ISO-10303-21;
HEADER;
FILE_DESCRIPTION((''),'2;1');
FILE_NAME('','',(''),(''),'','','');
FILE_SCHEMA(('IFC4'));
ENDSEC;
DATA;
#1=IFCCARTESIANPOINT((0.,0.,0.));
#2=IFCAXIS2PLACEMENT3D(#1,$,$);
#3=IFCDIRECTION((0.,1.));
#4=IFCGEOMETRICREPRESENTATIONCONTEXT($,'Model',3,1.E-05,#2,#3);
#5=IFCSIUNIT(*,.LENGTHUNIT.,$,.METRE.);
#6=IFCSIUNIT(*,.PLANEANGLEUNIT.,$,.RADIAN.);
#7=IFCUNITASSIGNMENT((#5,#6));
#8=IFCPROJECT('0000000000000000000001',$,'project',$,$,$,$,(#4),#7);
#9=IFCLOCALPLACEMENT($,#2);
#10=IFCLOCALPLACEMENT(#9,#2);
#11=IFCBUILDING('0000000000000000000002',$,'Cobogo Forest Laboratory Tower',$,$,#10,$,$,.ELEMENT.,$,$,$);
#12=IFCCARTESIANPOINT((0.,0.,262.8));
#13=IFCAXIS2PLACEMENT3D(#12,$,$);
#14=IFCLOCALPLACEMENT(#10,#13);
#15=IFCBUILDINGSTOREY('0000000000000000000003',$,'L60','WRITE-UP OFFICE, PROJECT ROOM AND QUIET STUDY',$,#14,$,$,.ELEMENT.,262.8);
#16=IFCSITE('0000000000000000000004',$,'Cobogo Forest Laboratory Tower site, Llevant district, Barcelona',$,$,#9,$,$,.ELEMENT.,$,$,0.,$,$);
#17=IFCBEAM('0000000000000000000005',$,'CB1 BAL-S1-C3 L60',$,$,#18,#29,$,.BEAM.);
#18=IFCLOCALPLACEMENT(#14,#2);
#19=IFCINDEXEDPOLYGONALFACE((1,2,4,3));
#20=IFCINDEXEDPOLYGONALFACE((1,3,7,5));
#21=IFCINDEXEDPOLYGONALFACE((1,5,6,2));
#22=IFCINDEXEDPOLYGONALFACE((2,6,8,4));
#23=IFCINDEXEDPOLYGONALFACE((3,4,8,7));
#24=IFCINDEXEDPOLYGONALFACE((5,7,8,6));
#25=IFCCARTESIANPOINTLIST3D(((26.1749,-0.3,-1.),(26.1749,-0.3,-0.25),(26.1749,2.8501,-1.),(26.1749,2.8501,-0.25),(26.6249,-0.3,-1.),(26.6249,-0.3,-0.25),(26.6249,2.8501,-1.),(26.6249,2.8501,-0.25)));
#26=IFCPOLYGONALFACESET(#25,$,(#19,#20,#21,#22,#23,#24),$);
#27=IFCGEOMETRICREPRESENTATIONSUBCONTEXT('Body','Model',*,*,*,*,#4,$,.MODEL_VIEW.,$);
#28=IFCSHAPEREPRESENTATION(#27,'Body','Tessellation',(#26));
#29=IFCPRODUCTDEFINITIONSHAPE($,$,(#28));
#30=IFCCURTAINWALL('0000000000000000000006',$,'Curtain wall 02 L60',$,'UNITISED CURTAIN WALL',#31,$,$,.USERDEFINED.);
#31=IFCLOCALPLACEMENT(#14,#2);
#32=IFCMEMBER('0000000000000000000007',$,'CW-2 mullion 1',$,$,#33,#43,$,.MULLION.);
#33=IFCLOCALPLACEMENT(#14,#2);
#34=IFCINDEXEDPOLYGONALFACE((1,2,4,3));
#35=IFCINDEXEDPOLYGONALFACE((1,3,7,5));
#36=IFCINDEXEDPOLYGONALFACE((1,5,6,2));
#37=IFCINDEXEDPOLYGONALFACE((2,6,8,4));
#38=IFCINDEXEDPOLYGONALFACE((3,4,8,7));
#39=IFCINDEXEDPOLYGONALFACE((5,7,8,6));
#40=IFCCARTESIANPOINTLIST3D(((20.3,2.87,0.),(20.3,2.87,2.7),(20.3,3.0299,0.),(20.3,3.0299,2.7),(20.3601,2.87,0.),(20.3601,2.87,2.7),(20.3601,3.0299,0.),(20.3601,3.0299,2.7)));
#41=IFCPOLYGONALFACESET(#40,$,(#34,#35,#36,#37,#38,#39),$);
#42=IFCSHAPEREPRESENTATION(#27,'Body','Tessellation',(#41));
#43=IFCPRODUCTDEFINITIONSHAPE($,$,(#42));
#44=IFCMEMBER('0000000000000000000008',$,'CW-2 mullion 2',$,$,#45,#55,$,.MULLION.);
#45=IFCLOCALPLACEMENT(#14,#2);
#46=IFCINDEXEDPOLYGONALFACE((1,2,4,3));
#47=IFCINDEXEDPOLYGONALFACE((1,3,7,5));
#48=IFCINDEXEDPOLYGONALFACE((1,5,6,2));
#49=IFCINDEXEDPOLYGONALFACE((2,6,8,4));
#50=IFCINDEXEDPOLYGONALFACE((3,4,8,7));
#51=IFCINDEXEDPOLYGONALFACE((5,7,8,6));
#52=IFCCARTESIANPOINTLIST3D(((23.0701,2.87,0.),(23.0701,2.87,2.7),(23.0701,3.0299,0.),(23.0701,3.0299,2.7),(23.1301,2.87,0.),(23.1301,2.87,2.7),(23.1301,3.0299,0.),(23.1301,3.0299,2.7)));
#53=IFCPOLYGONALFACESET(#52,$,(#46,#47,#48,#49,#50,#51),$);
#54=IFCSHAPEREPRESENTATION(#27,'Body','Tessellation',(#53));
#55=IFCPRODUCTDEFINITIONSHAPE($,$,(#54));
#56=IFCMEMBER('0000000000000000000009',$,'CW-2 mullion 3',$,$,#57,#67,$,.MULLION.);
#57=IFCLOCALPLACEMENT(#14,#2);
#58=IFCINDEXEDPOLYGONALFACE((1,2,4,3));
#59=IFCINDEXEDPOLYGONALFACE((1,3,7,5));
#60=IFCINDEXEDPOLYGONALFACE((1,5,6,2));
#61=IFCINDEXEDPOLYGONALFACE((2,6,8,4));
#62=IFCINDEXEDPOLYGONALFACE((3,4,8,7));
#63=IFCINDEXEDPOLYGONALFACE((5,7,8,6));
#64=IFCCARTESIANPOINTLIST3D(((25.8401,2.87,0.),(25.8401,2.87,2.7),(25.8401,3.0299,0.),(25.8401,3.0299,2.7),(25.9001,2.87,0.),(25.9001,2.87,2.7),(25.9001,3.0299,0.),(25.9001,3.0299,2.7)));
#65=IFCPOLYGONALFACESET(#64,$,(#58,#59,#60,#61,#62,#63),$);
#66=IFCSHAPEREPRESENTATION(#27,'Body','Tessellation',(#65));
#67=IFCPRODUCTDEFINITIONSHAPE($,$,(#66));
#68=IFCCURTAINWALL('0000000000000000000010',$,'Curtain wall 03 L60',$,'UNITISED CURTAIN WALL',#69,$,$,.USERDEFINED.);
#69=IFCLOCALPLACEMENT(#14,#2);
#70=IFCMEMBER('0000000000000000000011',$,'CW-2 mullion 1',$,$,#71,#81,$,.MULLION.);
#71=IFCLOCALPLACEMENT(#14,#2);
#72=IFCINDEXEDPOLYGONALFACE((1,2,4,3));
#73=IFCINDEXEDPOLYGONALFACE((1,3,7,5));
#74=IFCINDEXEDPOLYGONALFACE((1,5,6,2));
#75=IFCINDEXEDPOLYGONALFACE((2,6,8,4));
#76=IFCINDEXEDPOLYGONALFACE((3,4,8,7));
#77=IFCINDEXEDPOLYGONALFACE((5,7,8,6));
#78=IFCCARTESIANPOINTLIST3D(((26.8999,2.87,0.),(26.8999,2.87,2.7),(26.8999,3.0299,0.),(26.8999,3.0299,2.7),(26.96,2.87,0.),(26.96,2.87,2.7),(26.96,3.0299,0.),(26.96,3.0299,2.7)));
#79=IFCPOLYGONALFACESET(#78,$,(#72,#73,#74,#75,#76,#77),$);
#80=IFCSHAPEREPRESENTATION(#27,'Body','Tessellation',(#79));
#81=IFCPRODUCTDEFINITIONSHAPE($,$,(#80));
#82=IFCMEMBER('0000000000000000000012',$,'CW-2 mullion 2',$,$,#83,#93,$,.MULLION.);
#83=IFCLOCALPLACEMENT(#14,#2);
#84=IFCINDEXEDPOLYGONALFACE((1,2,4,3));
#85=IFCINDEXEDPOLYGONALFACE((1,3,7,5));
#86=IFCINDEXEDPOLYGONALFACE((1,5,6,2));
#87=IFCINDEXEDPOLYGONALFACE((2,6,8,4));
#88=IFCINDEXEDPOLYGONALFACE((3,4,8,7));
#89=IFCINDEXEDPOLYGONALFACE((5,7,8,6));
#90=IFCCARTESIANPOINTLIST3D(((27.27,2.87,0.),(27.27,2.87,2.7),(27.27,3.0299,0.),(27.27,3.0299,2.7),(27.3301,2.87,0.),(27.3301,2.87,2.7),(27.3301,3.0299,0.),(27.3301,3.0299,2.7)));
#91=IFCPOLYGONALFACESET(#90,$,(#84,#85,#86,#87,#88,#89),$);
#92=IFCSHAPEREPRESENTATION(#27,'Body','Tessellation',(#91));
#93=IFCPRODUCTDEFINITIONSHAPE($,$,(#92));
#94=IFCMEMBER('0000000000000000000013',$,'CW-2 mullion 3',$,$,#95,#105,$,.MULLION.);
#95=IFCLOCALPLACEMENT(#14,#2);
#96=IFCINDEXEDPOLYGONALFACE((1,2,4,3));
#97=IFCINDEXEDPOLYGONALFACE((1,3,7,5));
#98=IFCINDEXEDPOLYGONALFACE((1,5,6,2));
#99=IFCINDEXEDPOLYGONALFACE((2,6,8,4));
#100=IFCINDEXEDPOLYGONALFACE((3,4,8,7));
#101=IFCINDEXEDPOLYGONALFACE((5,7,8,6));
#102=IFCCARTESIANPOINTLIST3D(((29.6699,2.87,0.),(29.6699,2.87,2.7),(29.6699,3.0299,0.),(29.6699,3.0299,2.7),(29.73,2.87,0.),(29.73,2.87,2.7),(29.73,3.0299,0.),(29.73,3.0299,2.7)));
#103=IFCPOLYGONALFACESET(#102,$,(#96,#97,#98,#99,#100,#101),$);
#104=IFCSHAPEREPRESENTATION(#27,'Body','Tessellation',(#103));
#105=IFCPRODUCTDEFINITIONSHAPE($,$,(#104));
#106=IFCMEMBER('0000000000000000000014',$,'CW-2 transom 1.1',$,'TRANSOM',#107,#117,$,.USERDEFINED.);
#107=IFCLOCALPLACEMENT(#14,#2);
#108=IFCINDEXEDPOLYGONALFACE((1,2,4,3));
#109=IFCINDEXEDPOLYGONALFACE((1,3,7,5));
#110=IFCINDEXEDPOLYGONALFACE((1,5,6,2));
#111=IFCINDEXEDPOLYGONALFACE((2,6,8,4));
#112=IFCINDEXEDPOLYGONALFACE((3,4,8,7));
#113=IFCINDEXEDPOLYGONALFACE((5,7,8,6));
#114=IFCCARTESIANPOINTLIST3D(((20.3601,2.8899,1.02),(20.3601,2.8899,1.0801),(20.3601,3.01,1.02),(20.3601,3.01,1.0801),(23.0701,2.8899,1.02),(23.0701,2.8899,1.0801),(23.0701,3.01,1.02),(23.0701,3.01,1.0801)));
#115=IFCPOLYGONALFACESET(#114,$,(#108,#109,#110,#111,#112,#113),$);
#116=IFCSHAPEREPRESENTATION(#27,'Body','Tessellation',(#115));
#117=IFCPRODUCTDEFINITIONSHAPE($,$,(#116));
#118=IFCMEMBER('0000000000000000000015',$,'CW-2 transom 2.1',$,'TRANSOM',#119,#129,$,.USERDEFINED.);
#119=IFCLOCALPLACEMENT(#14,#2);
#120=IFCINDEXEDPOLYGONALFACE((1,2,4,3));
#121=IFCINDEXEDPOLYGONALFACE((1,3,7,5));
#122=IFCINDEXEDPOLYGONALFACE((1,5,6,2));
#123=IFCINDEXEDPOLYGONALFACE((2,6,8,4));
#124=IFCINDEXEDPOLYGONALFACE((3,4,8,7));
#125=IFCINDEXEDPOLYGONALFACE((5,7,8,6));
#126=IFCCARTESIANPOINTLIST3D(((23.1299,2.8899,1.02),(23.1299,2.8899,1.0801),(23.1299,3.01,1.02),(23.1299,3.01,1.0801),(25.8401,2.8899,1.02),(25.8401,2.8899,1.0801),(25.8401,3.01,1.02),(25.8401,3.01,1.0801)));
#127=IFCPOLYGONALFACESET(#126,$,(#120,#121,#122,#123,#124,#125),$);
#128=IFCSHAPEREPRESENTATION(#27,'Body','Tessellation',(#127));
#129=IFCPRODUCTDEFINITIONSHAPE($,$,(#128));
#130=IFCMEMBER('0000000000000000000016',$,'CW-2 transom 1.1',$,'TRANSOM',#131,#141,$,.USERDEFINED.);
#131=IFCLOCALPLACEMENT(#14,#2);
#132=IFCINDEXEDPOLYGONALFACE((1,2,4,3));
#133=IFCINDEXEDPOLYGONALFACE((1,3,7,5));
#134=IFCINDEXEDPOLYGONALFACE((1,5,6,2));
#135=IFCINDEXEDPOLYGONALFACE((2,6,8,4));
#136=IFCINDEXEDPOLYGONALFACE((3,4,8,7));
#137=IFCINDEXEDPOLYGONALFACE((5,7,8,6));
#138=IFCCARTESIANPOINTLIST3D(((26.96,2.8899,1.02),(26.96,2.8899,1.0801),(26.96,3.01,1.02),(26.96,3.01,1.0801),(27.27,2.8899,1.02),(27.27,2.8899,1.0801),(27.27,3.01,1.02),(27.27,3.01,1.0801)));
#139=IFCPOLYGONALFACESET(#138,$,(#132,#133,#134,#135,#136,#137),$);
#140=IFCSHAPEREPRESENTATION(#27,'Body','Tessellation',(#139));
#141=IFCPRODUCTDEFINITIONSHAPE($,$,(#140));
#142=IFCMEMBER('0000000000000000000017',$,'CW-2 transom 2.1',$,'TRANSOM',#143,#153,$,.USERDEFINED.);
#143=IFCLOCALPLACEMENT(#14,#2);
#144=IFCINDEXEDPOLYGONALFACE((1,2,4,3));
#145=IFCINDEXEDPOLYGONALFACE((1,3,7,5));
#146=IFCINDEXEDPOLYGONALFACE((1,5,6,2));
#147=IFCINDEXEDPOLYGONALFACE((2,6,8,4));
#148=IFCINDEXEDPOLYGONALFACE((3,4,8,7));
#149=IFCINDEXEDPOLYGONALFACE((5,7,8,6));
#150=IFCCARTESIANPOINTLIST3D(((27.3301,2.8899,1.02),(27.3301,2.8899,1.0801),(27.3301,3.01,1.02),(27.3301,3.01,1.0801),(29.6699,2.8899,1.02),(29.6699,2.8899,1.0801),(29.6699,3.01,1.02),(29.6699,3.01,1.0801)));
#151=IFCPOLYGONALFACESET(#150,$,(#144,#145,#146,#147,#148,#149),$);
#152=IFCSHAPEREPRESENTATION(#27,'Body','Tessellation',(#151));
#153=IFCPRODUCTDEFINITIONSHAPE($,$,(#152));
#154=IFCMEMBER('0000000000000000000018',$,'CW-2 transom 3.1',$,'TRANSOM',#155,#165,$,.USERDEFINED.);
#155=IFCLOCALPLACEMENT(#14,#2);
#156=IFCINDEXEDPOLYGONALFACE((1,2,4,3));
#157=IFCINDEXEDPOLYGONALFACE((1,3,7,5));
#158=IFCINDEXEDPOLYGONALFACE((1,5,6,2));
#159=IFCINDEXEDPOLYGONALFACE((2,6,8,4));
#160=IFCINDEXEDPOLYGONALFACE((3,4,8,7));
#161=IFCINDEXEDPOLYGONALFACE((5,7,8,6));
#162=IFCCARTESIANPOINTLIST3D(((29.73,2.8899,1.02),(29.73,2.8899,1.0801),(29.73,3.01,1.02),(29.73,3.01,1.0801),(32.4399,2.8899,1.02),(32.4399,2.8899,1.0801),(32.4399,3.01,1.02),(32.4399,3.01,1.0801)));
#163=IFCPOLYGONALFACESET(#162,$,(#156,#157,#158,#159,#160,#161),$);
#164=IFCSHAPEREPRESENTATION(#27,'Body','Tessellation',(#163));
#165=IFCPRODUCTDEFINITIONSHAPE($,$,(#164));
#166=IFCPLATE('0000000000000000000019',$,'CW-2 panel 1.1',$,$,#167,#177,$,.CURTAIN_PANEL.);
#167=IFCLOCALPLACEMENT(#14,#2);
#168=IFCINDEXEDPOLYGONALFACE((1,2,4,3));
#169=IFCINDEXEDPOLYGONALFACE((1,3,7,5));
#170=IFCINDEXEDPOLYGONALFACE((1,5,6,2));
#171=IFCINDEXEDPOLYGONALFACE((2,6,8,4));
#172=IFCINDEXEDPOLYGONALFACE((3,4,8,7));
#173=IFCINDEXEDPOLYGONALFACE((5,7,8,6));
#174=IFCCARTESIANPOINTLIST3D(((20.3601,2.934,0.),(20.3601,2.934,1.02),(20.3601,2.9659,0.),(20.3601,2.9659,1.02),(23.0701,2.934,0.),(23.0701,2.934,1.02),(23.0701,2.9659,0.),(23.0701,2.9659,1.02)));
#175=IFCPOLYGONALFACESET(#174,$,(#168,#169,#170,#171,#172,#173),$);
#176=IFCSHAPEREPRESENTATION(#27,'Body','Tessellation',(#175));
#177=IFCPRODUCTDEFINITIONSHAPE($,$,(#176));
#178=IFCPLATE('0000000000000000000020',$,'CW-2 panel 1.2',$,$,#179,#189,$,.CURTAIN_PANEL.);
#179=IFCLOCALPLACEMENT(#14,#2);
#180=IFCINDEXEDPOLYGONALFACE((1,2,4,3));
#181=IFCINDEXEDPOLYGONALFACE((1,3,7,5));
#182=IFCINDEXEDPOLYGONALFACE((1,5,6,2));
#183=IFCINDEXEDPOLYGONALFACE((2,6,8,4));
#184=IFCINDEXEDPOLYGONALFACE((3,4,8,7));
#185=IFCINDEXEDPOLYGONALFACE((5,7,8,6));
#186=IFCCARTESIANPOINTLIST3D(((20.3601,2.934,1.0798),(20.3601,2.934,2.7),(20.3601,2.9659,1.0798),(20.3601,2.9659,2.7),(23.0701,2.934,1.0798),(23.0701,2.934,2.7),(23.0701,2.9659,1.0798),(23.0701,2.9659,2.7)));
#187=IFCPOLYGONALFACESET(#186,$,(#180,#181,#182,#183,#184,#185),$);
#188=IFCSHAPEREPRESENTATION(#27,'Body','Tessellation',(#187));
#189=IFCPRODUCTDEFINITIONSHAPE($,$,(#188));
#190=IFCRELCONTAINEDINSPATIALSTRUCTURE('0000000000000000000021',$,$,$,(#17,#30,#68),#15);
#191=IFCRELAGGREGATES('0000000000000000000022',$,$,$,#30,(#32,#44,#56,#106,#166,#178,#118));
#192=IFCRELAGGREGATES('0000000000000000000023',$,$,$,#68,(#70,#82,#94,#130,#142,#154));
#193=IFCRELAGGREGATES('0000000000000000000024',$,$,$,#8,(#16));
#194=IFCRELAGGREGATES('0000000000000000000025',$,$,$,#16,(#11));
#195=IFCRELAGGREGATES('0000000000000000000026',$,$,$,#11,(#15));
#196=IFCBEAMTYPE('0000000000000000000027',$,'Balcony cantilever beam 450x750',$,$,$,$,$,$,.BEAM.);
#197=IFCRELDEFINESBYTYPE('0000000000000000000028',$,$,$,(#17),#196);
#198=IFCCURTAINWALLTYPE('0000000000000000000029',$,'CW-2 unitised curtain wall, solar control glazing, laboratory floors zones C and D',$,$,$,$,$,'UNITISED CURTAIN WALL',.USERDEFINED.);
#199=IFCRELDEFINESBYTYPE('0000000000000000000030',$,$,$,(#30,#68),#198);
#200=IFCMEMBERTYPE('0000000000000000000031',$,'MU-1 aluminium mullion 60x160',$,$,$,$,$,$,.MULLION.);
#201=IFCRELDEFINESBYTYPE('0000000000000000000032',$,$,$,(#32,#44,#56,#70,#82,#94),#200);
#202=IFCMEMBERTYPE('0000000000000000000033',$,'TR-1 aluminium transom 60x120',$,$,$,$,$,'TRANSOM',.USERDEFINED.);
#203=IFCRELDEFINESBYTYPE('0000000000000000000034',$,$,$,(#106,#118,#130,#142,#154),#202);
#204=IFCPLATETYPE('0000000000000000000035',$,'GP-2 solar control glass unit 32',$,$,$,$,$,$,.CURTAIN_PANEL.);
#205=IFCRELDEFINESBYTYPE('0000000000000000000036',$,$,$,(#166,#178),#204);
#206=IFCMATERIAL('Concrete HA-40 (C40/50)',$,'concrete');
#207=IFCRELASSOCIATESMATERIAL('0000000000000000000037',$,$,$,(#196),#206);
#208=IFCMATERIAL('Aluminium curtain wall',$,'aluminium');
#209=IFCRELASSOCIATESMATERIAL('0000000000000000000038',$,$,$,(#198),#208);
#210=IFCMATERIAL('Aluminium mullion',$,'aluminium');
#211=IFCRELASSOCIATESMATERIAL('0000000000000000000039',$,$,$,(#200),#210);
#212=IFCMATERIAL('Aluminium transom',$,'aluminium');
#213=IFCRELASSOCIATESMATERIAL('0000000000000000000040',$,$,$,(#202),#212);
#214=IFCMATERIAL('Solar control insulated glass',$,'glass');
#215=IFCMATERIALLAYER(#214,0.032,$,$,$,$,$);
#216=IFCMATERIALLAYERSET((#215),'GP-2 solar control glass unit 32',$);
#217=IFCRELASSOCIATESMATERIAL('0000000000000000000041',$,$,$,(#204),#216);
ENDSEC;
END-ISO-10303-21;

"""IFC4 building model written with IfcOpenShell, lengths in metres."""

from ifc_helpers import new_model, si_unit, direction, frame, origin, origin_2d, place, context, subcontext, project, spatial, rectangle, extrude, material, layer, layer_set, material_profile, profile_set, type_object, element, aggregate, save


model = new_model("IFC4")

# Units and contexts
model_context = context("Model", 3, precision=1e-05, world=origin(), true_north=direction((0.0, 1.0)))
body_context = subcontext(model_context, "Body", "Model", "MODEL_VIEW")
ifc_project = project(units=[si_unit("LENGTHUNIT", "METRE"), si_unit("PLANEANGLEUNIT", "RADIAN")], contexts=[model_context])

# Site, building, storey
site_placement = place(None, origin())
site = spatial("IfcSite", under=ifc_project, at=site_placement, Name="Cobogo Forest Laboratory Tower site, Llevant district, Barcelona", CompositionType="ELEMENT", RefElevation=0.0)
building_placement = place(site_placement, origin())
building = spatial("IfcBuilding", under=site, at=building_placement, Name="Cobogo Forest Laboratory Tower", CompositionType="ELEMENT")
storey_placement = place(building_placement, frame((0.0, 0.0, 262.8)))
storey = spatial("IfcBuildingStorey", under=building, at=storey_placement, Name="L60", Description="WRITE-UP OFFICE, PROJECT ROOM AND QUIET STUDY", CompositionType="ELEMENT", Elevation=262.8)

# Beam
ifc_material_1 = material(Name="Concrete HA-40 (C40/50)", Category="concrete")
ifc_material_profile_1 = material_profile(ifc_material_1, rectangle(XDim=0.45, YDim=0.75, at=origin_2d()), Name="RC 450x750")
ifc_profile_set_1 = profile_set([ifc_material_profile_1], Name="Concrete HA-40 (C40/50)")
beam_type = type_object("IfcBeamType", Name="Balcony cantilever beam 450x750", PredefinedType="BEAM", material=ifc_profile_set_1)
beam_placement = place(storey_placement, frame((26.3999, 2.8501, -0.625), z_axis=(0.0, -1.0, 0.0), x_axis=(1.0, 0.0, 0.0)))
element("IfcBeam", 1, at=beam_placement, inside=storey, type_object=beam_type, Name="CB1 BAL-S1-C3 L60", PredefinedType="BEAM", context=body_context, shape_type="SweptSolid", body=[
    extrude(rectangle(XDim=0.45, YDim=0.75, at=origin_2d()), origin(), (0.0, 0.0, 1.0), 3.1501),
])

# Curtain walls, members
ifc_material_2 = material(Name="Aluminium curtain wall", Category="aluminium")
curtain_wall_type = type_object("IfcCurtainWallType", Name="CW-2 unitised curtain wall, solar control glazing, laboratory floors zones C and D", ElementType="UNITISED CURTAIN WALL", PredefinedType="USERDEFINED", material=ifc_material_2)
curtain_wall_1_placement = place(storey_placement, origin())
curtain_wall_1 = element("IfcCurtainWall", 2, at=curtain_wall_1_placement, inside=storey, type_object=curtain_wall_type, Name="Curtain wall 02 L60", ObjectType="UNITISED CURTAIN WALL", PredefinedType="USERDEFINED")
ifc_material_3 = material(Name="Aluminium mullion", Category="aluminium")
ifc_material_profile_2 = material_profile(ifc_material_3, rectangle(XDim=0.0601, YDim=0.1599, at=origin_2d()), Name="AL 60x160")
ifc_profile_set_2 = profile_set([ifc_material_profile_2], Name="Aluminium mullion")
member_type_1 = type_object("IfcMemberType", Name="MU-1 aluminium mullion 60x160", PredefinedType="MULLION", material=ifc_profile_set_2)
member_1_placement = place(storey_placement, frame((20.3301, 2.95, 0.0), z_axis=(0.0, 0.0, 1.0), x_axis=(1.0, 0.0, 0.0)))
member_1 = element("IfcMember", 3, at=member_1_placement, type_object=member_type_1, Name="CW-2 mullion 1", PredefinedType="MULLION", context=body_context, shape_type="SweptSolid", body=[
    extrude(rectangle(XDim=0.0601, YDim=0.1599, at=origin_2d()), origin(), (0.0, 0.0, 1.0), 2.7),
])
member_2_placement = place(storey_placement, frame((23.1001, 2.95, 0.0), z_axis=(0.0, 0.0, 1.0), x_axis=(1.0, 0.0, 0.0)))
member_2 = element("IfcMember", 4, at=member_2_placement, type_object=member_type_1, Name="CW-2 mullion 2", PredefinedType="MULLION", context=body_context, shape_type="SweptSolid", body=[
    extrude(rectangle(XDim=0.0601, YDim=0.1599, at=origin_2d()), origin(), (0.0, 0.0, 1.0), 2.7),
])
member_3_placement = place(storey_placement, frame((25.8701, 2.95, 0.0), z_axis=(0.0, 0.0, 1.0), x_axis=(1.0, 0.0, 0.0)))
member_3 = element("IfcMember", 5, at=member_3_placement, type_object=member_type_1, Name="CW-2 mullion 3", PredefinedType="MULLION", context=body_context, shape_type="SweptSolid", body=[
    extrude(rectangle(XDim=0.0601, YDim=0.1599, at=origin_2d()), origin(), (0.0, 0.0, 1.0), 2.7),
])
curtain_wall_2_placement = place(storey_placement, origin())
curtain_wall_2 = element("IfcCurtainWall", 6, at=curtain_wall_2_placement, inside=storey, type_object=curtain_wall_type, Name="Curtain wall 03 L60", ObjectType="UNITISED CURTAIN WALL", PredefinedType="USERDEFINED")
member_4_placement = place(storey_placement, frame((26.9299, 2.95, 0.0), z_axis=(0.0, 0.0, 1.0), x_axis=(1.0, 0.0, 0.0)))
member_4 = element("IfcMember", 7, at=member_4_placement, type_object=member_type_1, Name="CW-2 mullion 1", PredefinedType="MULLION", context=body_context, shape_type="SweptSolid", body=[
    extrude(rectangle(XDim=0.0601, YDim=0.1599, at=origin_2d()), origin(), (0.0, 0.0, 1.0), 2.7),
])
member_5_placement = place(storey_placement, frame((27.3, 2.95, 0.0), z_axis=(0.0, 0.0, 1.0), x_axis=(1.0, 0.0, 0.0)))
member_5 = element("IfcMember", 8, at=member_5_placement, type_object=member_type_1, Name="CW-2 mullion 2", PredefinedType="MULLION", context=body_context, shape_type="SweptSolid", body=[
    extrude(rectangle(XDim=0.0601, YDim=0.1599, at=origin_2d()), origin(), (0.0, 0.0, 1.0), 2.7),
])
member_6_placement = place(storey_placement, frame((29.7, 2.95, 0.0), z_axis=(0.0, 0.0, 1.0), x_axis=(1.0, 0.0, 0.0)))
member_6 = element("IfcMember", 9, at=member_6_placement, type_object=member_type_1, Name="CW-2 mullion 3", PredefinedType="MULLION", context=body_context, shape_type="SweptSolid", body=[
    extrude(rectangle(XDim=0.0601, YDim=0.1599, at=origin_2d()), origin(), (0.0, 0.0, 1.0), 2.7),
])

# Members
ifc_material_4 = material(Name="Aluminium transom", Category="aluminium")
ifc_material_profile_3 = material_profile(ifc_material_4, rectangle(XDim=0.1201, YDim=0.0601, at=origin_2d()), Name="AL 60x120")
ifc_profile_set_3 = profile_set([ifc_material_profile_3], Name="Aluminium transom")
member_type_2 = type_object("IfcMemberType", Name="TR-1 aluminium transom 60x120", ElementType="TRANSOM", PredefinedType="USERDEFINED", material=ifc_profile_set_3)
member_7_placement = place(storey_placement, frame((20.3601, 2.95, 1.05), z_axis=(1.0, 0.0, 0.0), x_axis=(0.0, 1.0, 0.0)))
member_7 = element("IfcMember", 10, at=member_7_placement, type_object=member_type_2, Name="CW-2 transom 1.1", ObjectType="TRANSOM", PredefinedType="USERDEFINED", context=body_context, shape_type="SweptSolid", body=[
    extrude(rectangle(XDim=0.1201, YDim=0.0601, at=origin_2d()), origin(), (0.0, 0.0, 1.0), 2.71),
])
member_8_placement = place(storey_placement, frame((23.1299, 2.95, 1.05), z_axis=(1.0, 0.0, 0.0), x_axis=(0.0, 1.0, 0.0)))
member_8 = element("IfcMember", 11, at=member_8_placement, type_object=member_type_2, Name="CW-2 transom 2.1", ObjectType="TRANSOM", PredefinedType="USERDEFINED", context=body_context, shape_type="SweptSolid", body=[
    extrude(rectangle(XDim=0.1201, YDim=0.0601, at=origin_2d()), origin(), (0.0, 0.0, 1.0), 2.7102),
])
member_9_placement = place(storey_placement, frame((26.96, 2.95, 1.05), z_axis=(1.0, 0.0, 0.0), x_axis=(0.0, 1.0, 0.0)))
member_9 = element("IfcMember", 12, at=member_9_placement, type_object=member_type_2, Name="CW-2 transom 1.1", ObjectType="TRANSOM", PredefinedType="USERDEFINED", context=body_context, shape_type="SweptSolid", body=[
    extrude(rectangle(XDim=0.1201, YDim=0.0601, at=origin_2d()), origin(), (0.0, 0.0, 1.0), 0.3101),
])
member_10_placement = place(storey_placement, frame((27.3301, 2.95, 1.05), z_axis=(1.0, 0.0, 0.0), x_axis=(0.0, 1.0, 0.0)))
member_10 = element("IfcMember", 13, at=member_10_placement, type_object=member_type_2, Name="CW-2 transom 2.1", ObjectType="TRANSOM", PredefinedType="USERDEFINED", context=body_context, shape_type="SweptSolid", body=[
    extrude(rectangle(XDim=0.1201, YDim=0.0601, at=origin_2d()), origin(), (0.0, 0.0, 1.0), 2.3398),
])
member_11_placement = place(storey_placement, frame((29.73, 2.95, 1.05), z_axis=(1.0, 0.0, 0.0), x_axis=(0.0, 1.0, 0.0)))
member_11 = element("IfcMember", 14, at=member_11_placement, type_object=member_type_2, Name="CW-2 transom 3.1", ObjectType="TRANSOM", PredefinedType="USERDEFINED", context=body_context, shape_type="SweptSolid", body=[
    extrude(rectangle(XDim=0.1201, YDim=0.0601, at=origin_2d()), origin(), (0.0, 0.0, 1.0), 2.71),
])

# Plates
ifc_material_5 = material(Name="Solar control insulated glass", Category="glass")
ifc_layer = layer(ifc_material_5, 0.032)
ifc_layer_set = layer_set([ifc_layer], Name="GP-2 solar control glass unit 32")
plate_type_1 = type_object("IfcPlateType", Name="GP-2 solar control glass unit 32", PredefinedType="CURTAIN_PANEL", material=ifc_layer_set)
plate_1_placement = place(storey_placement, frame((21.7151, 2.95, 0.0), z_axis=(0.0, 0.0, 1.0), x_axis=(1.0, 0.0, 0.0)))
plate_1 = element("IfcPlate", 15, at=plate_1_placement, type_object=plate_type_1, Name="CW-2 panel 1.1", PredefinedType="CURTAIN_PANEL", context=body_context, shape_type="SweptSolid", body=[
    extrude(rectangle(XDim=2.71, YDim=0.032, at=origin_2d()), origin(), (0.0, 0.0, 1.0), 1.02),
])
plate_2_placement = place(storey_placement, frame((21.7151, 2.95, 1.0798), z_axis=(0.0, 0.0, 1.0), x_axis=(1.0, 0.0, 0.0)))
plate_2 = element("IfcPlate", 16, at=plate_2_placement, type_object=plate_type_1, Name="CW-2 panel 1.2", PredefinedType="CURTAIN_PANEL", context=body_context, shape_type="SweptSolid", body=[
    extrude(rectangle(XDim=2.71, YDim=0.032, at=origin_2d()), origin(), (0.0, 0.0, 1.0), 1.6201),
])
aggregate(curtain_wall_1, [member_1, member_2, member_3, member_7, plate_1, plate_2, member_8])
aggregate(curtain_wall_2, [member_4, member_5, member_6, member_9, member_10, member_11])

save(model, "model.ifc")
